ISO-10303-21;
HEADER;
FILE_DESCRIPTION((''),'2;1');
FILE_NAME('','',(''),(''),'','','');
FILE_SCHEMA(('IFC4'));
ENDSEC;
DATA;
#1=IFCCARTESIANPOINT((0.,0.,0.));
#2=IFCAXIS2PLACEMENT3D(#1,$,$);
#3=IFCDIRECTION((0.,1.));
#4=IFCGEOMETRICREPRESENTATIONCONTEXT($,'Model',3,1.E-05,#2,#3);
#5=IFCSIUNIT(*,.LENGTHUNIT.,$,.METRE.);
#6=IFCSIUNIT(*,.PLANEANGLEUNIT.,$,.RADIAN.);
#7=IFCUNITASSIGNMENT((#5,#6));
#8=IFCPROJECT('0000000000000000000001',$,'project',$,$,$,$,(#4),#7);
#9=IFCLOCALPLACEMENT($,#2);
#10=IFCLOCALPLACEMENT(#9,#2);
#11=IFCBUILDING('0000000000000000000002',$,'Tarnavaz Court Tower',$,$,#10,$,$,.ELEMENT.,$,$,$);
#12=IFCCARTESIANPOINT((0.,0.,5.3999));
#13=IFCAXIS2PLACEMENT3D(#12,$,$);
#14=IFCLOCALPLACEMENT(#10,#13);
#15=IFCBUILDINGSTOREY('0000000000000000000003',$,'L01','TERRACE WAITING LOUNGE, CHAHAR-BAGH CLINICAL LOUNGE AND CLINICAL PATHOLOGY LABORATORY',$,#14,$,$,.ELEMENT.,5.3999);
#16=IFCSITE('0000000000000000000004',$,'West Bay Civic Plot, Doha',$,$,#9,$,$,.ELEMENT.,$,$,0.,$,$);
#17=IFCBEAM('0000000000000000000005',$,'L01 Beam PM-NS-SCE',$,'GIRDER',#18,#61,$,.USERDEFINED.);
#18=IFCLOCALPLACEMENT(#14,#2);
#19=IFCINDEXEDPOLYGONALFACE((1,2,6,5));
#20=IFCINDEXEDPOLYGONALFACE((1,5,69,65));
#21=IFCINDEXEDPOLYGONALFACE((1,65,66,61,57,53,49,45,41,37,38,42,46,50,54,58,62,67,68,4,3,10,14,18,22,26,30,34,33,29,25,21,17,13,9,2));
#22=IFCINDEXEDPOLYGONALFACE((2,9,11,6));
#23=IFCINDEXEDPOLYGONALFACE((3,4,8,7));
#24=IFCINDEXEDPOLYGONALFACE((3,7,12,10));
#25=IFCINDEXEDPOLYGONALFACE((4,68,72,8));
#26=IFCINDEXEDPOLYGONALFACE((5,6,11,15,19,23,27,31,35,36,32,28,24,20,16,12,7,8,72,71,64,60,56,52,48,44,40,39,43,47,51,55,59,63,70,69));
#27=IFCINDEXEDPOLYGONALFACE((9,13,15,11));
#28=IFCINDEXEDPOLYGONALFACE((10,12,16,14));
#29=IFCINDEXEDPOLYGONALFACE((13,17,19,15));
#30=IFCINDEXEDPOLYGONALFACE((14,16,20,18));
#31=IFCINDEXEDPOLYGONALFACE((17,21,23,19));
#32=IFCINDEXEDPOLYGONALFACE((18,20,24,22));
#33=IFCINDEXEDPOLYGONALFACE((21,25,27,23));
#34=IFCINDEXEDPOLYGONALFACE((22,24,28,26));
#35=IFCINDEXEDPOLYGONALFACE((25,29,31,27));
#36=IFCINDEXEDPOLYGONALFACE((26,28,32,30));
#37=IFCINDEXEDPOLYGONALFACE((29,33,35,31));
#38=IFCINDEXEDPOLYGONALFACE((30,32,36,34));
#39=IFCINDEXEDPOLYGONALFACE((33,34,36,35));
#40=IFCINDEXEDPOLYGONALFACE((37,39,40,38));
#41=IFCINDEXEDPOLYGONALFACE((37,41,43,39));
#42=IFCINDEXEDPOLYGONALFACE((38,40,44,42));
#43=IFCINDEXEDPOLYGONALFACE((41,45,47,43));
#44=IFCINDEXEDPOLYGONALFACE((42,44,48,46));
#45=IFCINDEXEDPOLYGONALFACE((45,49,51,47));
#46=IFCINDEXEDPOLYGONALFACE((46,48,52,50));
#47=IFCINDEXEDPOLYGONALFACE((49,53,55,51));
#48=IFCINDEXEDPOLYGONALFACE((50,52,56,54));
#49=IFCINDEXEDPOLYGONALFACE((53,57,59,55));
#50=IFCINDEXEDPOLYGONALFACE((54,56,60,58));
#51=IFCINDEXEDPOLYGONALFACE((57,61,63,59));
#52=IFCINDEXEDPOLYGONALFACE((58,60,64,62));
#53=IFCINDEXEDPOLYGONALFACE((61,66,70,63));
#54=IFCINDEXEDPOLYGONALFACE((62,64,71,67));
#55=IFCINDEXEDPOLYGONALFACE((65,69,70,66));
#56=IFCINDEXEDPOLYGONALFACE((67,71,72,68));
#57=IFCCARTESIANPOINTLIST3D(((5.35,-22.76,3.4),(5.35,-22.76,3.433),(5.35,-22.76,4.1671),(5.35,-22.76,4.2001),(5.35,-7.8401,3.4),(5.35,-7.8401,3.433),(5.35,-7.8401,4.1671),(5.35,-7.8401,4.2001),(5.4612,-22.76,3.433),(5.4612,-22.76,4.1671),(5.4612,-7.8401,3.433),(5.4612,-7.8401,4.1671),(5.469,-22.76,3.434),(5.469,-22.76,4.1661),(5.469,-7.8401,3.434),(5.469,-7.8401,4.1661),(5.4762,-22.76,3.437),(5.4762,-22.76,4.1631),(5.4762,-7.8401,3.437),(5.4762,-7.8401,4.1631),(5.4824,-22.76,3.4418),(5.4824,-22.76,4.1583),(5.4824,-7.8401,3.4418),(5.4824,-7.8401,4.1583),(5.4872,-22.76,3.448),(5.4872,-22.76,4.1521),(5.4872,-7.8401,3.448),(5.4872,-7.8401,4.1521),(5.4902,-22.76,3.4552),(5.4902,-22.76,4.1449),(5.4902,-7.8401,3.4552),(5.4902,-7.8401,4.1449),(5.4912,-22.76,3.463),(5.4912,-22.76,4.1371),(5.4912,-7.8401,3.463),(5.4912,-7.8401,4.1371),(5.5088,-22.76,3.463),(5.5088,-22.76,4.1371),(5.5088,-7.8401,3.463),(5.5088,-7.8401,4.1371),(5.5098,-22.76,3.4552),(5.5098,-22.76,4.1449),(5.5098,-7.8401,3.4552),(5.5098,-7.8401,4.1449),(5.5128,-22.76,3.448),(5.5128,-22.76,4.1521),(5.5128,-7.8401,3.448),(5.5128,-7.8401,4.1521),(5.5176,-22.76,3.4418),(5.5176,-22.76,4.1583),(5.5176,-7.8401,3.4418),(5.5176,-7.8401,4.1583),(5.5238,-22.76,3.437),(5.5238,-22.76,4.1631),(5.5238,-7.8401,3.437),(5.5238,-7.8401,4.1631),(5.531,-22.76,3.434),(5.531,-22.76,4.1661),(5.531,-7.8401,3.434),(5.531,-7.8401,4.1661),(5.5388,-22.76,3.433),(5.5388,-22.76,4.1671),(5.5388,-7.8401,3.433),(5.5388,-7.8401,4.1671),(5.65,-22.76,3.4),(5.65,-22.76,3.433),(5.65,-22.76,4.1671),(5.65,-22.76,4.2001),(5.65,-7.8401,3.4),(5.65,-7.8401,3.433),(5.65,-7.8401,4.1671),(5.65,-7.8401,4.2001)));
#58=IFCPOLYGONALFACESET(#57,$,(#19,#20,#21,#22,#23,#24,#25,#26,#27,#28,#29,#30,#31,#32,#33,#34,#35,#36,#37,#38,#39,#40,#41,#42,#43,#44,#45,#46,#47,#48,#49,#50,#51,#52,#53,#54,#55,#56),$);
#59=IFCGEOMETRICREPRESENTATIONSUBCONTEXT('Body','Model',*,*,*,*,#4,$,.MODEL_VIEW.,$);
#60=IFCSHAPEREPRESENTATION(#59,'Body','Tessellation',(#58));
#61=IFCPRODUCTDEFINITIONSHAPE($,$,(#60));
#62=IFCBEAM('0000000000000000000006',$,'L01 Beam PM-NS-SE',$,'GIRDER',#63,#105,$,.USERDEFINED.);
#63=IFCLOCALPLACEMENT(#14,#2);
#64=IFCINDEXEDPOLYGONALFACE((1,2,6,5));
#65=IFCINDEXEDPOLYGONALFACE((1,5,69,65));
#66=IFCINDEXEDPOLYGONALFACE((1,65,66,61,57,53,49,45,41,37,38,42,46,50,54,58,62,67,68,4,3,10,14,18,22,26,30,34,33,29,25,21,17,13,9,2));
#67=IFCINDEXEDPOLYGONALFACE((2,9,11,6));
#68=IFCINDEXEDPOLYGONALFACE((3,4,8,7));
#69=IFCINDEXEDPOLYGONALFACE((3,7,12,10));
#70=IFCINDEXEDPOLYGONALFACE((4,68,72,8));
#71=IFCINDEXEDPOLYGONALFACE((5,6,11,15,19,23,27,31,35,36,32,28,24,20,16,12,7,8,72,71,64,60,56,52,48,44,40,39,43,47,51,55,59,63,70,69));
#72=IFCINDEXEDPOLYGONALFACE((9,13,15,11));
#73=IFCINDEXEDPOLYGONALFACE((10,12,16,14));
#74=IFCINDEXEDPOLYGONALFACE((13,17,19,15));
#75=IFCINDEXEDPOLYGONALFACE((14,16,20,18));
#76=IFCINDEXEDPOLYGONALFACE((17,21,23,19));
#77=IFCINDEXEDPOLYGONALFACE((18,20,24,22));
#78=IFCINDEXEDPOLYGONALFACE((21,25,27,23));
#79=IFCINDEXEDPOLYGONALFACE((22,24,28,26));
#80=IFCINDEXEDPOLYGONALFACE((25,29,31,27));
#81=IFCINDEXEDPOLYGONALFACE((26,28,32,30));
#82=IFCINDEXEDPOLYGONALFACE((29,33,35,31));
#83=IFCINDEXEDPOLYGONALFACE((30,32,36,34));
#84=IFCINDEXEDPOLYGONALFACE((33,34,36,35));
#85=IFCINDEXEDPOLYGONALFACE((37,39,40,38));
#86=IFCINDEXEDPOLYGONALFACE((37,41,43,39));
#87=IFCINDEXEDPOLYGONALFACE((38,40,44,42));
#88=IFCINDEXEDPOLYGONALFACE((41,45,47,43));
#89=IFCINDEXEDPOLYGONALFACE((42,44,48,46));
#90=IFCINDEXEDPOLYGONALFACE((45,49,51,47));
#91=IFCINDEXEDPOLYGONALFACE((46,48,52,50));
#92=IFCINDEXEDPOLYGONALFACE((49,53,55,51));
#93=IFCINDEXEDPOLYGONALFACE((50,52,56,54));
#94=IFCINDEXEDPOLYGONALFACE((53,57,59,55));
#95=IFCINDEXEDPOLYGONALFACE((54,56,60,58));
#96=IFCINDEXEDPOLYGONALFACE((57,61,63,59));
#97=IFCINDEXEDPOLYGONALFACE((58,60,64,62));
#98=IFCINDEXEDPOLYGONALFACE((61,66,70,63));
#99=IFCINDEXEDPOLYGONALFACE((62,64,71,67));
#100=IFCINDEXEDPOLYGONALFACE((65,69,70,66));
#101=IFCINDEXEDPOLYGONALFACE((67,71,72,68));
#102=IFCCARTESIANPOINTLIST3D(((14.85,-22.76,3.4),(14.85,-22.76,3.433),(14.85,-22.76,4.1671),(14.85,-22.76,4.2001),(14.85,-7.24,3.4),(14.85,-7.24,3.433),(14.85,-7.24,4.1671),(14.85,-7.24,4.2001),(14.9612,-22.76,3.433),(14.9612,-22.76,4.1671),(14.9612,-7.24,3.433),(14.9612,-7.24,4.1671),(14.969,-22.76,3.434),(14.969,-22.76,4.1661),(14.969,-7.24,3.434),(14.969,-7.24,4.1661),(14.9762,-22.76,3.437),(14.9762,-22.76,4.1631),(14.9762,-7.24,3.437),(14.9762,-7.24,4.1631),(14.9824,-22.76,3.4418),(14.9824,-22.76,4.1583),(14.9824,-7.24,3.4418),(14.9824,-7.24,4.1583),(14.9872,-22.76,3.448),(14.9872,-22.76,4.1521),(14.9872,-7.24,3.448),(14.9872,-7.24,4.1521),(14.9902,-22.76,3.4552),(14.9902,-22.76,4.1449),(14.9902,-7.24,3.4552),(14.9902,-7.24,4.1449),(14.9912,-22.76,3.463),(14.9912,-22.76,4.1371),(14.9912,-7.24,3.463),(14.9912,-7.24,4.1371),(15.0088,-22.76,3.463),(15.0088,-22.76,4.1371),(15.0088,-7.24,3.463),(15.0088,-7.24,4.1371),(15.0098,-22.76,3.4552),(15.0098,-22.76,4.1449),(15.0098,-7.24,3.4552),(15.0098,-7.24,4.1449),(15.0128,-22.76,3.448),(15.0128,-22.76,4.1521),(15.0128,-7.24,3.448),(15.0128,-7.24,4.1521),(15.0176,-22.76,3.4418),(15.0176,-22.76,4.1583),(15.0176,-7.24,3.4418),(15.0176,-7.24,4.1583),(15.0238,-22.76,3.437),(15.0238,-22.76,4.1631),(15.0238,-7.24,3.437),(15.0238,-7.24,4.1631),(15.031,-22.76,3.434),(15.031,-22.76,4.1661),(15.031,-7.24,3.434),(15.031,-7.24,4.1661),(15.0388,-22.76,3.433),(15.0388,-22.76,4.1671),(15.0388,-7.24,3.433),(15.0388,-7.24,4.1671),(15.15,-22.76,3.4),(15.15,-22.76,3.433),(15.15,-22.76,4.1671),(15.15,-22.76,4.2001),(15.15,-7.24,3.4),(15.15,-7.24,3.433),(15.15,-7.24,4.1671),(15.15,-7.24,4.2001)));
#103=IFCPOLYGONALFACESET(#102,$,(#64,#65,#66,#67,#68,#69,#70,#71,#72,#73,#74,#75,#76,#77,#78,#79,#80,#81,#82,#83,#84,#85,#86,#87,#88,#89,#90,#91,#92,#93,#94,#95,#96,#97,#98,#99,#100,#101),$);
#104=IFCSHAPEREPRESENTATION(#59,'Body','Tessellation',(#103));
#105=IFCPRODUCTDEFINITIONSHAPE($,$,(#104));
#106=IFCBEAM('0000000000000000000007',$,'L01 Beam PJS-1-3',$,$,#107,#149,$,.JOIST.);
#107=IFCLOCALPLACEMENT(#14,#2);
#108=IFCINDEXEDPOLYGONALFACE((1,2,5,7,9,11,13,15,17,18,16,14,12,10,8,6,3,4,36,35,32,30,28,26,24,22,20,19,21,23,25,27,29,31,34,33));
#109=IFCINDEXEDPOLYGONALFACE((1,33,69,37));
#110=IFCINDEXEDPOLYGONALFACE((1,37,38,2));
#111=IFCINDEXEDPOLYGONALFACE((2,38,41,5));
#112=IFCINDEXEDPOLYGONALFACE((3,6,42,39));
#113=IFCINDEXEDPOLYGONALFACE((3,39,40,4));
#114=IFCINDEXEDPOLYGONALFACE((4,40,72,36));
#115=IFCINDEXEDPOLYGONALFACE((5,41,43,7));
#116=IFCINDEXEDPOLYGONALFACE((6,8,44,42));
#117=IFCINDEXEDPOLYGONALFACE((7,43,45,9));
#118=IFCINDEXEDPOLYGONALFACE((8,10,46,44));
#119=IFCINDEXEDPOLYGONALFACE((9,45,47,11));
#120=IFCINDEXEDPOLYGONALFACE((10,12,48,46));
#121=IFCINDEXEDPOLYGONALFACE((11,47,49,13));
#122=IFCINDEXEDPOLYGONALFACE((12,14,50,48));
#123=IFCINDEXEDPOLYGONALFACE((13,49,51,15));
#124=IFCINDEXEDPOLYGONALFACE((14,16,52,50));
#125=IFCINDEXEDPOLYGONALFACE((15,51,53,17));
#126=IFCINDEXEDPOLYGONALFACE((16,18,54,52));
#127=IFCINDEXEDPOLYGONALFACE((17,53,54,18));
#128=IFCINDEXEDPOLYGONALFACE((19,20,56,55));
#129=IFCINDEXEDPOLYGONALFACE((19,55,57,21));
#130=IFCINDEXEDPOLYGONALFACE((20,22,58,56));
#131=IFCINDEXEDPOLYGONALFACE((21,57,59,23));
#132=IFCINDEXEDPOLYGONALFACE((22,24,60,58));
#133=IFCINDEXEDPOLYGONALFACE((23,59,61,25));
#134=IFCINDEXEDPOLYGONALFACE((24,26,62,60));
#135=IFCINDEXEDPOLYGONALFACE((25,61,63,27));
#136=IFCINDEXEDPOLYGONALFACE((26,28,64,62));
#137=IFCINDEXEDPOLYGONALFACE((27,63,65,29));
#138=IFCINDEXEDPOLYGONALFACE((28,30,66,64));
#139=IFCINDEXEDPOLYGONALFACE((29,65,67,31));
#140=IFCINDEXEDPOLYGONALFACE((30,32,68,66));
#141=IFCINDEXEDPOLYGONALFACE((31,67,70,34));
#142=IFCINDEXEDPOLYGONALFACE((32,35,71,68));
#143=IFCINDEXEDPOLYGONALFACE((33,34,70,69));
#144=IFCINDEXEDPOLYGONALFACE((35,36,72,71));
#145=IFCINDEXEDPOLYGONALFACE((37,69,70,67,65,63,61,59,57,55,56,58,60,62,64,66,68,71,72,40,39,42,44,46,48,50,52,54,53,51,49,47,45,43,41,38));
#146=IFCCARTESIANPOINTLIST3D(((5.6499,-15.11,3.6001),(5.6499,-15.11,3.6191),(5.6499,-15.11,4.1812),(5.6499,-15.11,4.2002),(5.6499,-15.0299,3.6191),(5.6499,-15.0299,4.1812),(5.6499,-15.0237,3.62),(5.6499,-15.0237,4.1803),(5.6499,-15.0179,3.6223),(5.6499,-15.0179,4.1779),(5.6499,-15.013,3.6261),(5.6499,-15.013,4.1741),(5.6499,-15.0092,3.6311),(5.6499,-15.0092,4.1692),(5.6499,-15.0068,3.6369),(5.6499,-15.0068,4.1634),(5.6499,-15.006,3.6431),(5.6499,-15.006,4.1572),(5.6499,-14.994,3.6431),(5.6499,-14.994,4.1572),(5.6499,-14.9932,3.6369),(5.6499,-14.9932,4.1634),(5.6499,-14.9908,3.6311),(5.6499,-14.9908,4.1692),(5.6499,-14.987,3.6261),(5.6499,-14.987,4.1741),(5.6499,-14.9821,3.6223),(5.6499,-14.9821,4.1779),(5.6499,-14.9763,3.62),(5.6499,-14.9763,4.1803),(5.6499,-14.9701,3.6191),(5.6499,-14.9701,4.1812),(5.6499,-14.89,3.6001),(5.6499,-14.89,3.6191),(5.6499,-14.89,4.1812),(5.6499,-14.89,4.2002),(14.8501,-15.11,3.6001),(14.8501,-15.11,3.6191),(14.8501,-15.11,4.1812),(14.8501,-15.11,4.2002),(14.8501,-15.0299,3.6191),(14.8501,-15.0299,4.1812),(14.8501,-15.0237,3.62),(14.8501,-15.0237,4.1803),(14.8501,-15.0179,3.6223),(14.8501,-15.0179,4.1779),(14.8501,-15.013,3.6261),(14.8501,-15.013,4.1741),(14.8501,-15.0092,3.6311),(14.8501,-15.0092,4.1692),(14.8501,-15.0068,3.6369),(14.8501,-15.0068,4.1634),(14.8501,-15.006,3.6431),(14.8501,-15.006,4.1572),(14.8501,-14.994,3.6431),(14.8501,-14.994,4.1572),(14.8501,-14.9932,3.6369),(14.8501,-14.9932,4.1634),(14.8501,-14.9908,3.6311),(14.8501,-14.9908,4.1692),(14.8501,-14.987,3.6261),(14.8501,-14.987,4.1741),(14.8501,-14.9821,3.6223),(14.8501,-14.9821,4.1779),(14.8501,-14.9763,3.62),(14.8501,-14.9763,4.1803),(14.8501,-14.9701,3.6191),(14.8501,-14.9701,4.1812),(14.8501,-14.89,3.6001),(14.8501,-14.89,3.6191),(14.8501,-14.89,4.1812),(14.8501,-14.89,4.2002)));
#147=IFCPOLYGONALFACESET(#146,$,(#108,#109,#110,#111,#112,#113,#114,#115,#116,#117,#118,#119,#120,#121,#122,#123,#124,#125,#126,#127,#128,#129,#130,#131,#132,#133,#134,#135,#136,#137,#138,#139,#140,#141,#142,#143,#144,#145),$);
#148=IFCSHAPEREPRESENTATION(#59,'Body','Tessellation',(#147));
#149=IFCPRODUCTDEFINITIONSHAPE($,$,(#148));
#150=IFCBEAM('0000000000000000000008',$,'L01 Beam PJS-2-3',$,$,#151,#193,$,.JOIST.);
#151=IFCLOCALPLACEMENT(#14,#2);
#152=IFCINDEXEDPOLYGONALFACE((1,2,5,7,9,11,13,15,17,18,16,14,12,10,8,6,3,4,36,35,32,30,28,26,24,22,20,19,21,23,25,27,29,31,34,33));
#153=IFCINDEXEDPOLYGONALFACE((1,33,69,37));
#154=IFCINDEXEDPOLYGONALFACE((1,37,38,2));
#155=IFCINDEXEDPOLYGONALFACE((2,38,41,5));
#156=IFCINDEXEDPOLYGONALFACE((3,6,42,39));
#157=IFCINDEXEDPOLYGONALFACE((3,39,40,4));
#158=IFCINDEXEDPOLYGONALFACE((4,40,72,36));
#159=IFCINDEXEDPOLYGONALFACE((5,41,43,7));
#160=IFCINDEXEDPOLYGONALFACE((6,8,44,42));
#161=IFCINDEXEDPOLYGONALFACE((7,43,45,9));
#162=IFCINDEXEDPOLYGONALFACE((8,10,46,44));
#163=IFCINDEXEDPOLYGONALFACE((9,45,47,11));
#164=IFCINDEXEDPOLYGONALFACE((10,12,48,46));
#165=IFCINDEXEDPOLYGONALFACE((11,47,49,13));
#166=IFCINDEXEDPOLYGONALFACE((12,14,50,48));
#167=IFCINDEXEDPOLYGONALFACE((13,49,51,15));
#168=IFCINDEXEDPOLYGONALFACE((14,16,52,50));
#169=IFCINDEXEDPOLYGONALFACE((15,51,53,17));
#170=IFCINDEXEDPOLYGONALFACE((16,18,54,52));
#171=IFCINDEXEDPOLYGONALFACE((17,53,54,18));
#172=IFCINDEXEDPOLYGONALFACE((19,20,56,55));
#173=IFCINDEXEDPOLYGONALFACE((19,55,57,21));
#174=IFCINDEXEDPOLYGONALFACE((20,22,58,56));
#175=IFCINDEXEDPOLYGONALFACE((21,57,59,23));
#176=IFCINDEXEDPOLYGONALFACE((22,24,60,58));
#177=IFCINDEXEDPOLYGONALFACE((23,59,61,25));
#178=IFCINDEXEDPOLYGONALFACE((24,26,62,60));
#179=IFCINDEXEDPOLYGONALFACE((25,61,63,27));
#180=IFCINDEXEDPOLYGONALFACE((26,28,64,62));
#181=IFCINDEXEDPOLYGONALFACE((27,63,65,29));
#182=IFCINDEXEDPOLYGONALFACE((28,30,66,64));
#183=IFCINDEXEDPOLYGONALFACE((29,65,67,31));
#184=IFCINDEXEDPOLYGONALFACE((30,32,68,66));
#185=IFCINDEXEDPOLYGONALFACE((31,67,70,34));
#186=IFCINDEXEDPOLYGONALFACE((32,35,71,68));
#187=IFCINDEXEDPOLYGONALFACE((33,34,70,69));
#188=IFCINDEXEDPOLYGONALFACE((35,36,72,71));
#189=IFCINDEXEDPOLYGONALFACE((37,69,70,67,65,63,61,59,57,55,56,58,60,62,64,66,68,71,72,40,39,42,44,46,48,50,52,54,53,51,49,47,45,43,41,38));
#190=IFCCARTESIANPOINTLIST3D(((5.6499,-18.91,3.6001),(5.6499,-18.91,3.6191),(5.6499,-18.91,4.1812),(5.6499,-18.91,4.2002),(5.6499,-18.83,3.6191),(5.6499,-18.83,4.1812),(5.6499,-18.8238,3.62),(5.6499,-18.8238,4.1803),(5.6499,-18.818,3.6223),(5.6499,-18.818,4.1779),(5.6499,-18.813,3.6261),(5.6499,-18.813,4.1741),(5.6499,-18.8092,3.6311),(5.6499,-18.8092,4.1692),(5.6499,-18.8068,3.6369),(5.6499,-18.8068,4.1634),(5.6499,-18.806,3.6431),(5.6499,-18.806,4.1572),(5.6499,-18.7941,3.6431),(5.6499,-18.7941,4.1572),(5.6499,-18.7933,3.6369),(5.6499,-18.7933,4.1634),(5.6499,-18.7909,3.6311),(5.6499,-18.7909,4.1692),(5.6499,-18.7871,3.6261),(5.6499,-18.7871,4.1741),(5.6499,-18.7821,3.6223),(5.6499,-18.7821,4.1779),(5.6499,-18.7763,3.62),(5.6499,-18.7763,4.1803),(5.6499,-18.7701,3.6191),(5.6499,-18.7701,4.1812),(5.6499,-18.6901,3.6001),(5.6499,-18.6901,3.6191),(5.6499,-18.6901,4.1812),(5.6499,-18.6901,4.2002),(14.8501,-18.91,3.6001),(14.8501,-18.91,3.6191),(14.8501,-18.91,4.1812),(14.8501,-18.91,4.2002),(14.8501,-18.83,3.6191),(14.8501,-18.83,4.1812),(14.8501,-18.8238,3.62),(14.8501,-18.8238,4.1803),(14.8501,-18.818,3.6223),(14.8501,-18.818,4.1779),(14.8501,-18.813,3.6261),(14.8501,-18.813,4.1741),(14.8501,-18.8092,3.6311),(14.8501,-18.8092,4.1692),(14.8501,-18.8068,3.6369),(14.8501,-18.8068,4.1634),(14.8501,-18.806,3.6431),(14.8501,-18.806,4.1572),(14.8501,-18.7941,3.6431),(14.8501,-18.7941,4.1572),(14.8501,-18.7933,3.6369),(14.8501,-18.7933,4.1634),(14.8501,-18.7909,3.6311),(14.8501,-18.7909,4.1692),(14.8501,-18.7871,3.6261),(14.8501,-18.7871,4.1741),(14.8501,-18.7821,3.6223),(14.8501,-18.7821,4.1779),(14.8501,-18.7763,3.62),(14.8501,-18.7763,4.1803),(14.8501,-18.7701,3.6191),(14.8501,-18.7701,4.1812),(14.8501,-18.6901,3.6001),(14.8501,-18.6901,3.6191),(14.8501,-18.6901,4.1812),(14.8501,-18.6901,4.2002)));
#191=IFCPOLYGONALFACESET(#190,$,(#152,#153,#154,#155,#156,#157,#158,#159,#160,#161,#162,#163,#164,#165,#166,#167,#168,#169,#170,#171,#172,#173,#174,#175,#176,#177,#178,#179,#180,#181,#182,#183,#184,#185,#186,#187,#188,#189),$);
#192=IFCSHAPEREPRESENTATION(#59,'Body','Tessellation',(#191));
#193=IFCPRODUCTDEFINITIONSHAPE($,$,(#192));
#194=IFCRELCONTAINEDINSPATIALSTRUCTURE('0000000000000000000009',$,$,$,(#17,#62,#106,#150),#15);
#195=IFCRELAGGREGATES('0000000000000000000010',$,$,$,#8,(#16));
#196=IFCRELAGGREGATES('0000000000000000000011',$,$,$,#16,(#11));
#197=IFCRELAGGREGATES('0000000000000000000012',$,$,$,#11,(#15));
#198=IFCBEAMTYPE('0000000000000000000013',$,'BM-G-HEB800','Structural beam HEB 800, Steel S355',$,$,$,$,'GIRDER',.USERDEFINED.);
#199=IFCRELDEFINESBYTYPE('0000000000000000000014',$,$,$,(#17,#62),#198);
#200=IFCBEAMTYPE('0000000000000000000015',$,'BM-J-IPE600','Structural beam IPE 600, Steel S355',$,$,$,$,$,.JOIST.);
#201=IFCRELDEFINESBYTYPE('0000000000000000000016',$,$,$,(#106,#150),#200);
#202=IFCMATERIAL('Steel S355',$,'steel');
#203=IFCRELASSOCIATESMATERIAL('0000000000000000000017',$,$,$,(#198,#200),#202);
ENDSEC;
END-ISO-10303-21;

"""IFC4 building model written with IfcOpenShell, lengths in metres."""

from ifc_helpers import new_model, si_unit, direction, frame, origin, origin_2d, place, context, subcontext, project, spatial, i_section, extrude, material, material_profile, profile_set, type_object, element, save


model = new_model("IFC4")

# Units and contexts
model_context = context("Model", 3, precision=1e-05, world=origin(), true_north=direction((0.0, 1.0)))
body_context = subcontext(model_context, "Body", "Model", "MODEL_VIEW")
ifc_project = project(units=[si_unit("LENGTHUNIT", "METRE"), si_unit("PLANEANGLEUNIT", "RADIAN")], contexts=[model_context])

# Site, building, storey
site_placement = place(None, origin())
site = spatial("IfcSite", under=ifc_project, at=site_placement, Name="West Bay Civic Plot, Doha", CompositionType="ELEMENT", RefElevation=0.0)
building_placement = place(site_placement, origin())
building = spatial("IfcBuilding", under=site, at=building_placement, Name="Tarnavaz Court Tower", CompositionType="ELEMENT")
storey_placement = place(building_placement, frame((0.0, 0.0, 5.3999)))
storey = spatial("IfcBuildingStorey", under=building, at=storey_placement, Name="L01", Description="TERRACE WAITING LOUNGE, CHAHAR-BAGH CLINICAL LOUNGE AND CLINICAL PATHOLOGY LABORATORY", CompositionType="ELEMENT", Elevation=5.3999)

# Beams
ifc_material_1 = material(Name="Steel S355", Category="steel")
ifc_material_profile_1 = material_profile(ifc_material_1, i_section(OverallWidth=0.3, OverallDepth=0.8, WebThickness=0.0176, FlangeThickness=0.033, FilletRadius=0.03, at=origin_2d()), Name="HEB 800")
ifc_profile_set_1 = profile_set([ifc_material_profile_1], Name="Steel S355")
beam_type_1 = type_object("IfcBeamType", Name="BM-G-HEB800", Description="Structural beam HEB 800, Steel S355", ElementType="GIRDER", PredefinedType="USERDEFINED", material=ifc_profile_set_1)
beam_1_placement = place(storey_placement, frame((5.5, -7.8401, 3.8), z_axis=(0.0, -1.0, 0.0), x_axis=(1.0, 0.0, 0.0)))
element("IfcBeam", 1, at=beam_1_placement, inside=storey, type_object=beam_type_1, Name="L01 Beam PM-NS-SCE", ObjectType="GIRDER", PredefinedType="USERDEFINED", context=body_context, shape_type="SweptSolid", body=[
    extrude(i_section(OverallWidth=0.3, OverallDepth=0.8, WebThickness=0.0176, FlangeThickness=0.033, FilletRadius=0.03, at=origin_2d()), origin(), (0.0, 0.0, 1.0), 14.9199),
])
beam_2_placement = place(storey_placement, frame((15.0, -7.24, 3.8), z_axis=(0.0, -1.0, 0.0), x_axis=(1.0, 0.0, 0.0)))
element("IfcBeam", 2, at=beam_2_placement, inside=storey, type_object=beam_type_1, Name="L01 Beam PM-NS-SE", ObjectType="GIRDER", PredefinedType="USERDEFINED", context=body_context, shape_type="SweptSolid", body=[
    extrude(i_section(OverallWidth=0.3, OverallDepth=0.8, WebThickness=0.0176, FlangeThickness=0.033, FilletRadius=0.03, at=origin_2d()), origin(), (0.0, 0.0, 1.0), 15.52),
])
ifc_material_profile_2 = material_profile(ifc_material_1, i_section(OverallWidth=0.22, OverallDepth=0.6001, WebThickness=0.012, FlangeThickness=0.019, FilletRadius=0.0239, at=origin_2d()), Name="IPE 600")
ifc_profile_set_2 = profile_set([ifc_material_profile_2], Name="Steel S355")
beam_type_2 = type_object("IfcBeamType", Name="BM-J-IPE600", Description="Structural beam IPE 600, Steel S355", PredefinedType="JOIST", material=ifc_profile_set_2)
for number, where, z_axis, x_axis, name in (
    (3, (5.6499, -15.0, 3.9001), (1.0, 0.0, 0.0), (0.0, 1.0, 0.0), "L01 Beam PJS-1-3"),
    (4, (5.6499, -18.8, 3.9001), (1.0, 0.0, 0.0), (0.0, 1.0, 0.0), "L01 Beam PJS-2-3"),
):
    element("IfcBeam", number, at=place(storey_placement, frame(where, z_axis=z_axis, x_axis=x_axis)), inside=storey, type_object=beam_type_2, Name=name, PredefinedType="JOIST", context=body_context, shape_type="SweptSolid", body=[
        extrude(i_section(OverallWidth=0.22, OverallDepth=0.6001, WebThickness=0.012, FlangeThickness=0.019, FilletRadius=0.0239, at=origin_2d()), origin(), (0.0, 0.0, 1.0), 9.2002),
    ])

save(model, "model.ifc")
